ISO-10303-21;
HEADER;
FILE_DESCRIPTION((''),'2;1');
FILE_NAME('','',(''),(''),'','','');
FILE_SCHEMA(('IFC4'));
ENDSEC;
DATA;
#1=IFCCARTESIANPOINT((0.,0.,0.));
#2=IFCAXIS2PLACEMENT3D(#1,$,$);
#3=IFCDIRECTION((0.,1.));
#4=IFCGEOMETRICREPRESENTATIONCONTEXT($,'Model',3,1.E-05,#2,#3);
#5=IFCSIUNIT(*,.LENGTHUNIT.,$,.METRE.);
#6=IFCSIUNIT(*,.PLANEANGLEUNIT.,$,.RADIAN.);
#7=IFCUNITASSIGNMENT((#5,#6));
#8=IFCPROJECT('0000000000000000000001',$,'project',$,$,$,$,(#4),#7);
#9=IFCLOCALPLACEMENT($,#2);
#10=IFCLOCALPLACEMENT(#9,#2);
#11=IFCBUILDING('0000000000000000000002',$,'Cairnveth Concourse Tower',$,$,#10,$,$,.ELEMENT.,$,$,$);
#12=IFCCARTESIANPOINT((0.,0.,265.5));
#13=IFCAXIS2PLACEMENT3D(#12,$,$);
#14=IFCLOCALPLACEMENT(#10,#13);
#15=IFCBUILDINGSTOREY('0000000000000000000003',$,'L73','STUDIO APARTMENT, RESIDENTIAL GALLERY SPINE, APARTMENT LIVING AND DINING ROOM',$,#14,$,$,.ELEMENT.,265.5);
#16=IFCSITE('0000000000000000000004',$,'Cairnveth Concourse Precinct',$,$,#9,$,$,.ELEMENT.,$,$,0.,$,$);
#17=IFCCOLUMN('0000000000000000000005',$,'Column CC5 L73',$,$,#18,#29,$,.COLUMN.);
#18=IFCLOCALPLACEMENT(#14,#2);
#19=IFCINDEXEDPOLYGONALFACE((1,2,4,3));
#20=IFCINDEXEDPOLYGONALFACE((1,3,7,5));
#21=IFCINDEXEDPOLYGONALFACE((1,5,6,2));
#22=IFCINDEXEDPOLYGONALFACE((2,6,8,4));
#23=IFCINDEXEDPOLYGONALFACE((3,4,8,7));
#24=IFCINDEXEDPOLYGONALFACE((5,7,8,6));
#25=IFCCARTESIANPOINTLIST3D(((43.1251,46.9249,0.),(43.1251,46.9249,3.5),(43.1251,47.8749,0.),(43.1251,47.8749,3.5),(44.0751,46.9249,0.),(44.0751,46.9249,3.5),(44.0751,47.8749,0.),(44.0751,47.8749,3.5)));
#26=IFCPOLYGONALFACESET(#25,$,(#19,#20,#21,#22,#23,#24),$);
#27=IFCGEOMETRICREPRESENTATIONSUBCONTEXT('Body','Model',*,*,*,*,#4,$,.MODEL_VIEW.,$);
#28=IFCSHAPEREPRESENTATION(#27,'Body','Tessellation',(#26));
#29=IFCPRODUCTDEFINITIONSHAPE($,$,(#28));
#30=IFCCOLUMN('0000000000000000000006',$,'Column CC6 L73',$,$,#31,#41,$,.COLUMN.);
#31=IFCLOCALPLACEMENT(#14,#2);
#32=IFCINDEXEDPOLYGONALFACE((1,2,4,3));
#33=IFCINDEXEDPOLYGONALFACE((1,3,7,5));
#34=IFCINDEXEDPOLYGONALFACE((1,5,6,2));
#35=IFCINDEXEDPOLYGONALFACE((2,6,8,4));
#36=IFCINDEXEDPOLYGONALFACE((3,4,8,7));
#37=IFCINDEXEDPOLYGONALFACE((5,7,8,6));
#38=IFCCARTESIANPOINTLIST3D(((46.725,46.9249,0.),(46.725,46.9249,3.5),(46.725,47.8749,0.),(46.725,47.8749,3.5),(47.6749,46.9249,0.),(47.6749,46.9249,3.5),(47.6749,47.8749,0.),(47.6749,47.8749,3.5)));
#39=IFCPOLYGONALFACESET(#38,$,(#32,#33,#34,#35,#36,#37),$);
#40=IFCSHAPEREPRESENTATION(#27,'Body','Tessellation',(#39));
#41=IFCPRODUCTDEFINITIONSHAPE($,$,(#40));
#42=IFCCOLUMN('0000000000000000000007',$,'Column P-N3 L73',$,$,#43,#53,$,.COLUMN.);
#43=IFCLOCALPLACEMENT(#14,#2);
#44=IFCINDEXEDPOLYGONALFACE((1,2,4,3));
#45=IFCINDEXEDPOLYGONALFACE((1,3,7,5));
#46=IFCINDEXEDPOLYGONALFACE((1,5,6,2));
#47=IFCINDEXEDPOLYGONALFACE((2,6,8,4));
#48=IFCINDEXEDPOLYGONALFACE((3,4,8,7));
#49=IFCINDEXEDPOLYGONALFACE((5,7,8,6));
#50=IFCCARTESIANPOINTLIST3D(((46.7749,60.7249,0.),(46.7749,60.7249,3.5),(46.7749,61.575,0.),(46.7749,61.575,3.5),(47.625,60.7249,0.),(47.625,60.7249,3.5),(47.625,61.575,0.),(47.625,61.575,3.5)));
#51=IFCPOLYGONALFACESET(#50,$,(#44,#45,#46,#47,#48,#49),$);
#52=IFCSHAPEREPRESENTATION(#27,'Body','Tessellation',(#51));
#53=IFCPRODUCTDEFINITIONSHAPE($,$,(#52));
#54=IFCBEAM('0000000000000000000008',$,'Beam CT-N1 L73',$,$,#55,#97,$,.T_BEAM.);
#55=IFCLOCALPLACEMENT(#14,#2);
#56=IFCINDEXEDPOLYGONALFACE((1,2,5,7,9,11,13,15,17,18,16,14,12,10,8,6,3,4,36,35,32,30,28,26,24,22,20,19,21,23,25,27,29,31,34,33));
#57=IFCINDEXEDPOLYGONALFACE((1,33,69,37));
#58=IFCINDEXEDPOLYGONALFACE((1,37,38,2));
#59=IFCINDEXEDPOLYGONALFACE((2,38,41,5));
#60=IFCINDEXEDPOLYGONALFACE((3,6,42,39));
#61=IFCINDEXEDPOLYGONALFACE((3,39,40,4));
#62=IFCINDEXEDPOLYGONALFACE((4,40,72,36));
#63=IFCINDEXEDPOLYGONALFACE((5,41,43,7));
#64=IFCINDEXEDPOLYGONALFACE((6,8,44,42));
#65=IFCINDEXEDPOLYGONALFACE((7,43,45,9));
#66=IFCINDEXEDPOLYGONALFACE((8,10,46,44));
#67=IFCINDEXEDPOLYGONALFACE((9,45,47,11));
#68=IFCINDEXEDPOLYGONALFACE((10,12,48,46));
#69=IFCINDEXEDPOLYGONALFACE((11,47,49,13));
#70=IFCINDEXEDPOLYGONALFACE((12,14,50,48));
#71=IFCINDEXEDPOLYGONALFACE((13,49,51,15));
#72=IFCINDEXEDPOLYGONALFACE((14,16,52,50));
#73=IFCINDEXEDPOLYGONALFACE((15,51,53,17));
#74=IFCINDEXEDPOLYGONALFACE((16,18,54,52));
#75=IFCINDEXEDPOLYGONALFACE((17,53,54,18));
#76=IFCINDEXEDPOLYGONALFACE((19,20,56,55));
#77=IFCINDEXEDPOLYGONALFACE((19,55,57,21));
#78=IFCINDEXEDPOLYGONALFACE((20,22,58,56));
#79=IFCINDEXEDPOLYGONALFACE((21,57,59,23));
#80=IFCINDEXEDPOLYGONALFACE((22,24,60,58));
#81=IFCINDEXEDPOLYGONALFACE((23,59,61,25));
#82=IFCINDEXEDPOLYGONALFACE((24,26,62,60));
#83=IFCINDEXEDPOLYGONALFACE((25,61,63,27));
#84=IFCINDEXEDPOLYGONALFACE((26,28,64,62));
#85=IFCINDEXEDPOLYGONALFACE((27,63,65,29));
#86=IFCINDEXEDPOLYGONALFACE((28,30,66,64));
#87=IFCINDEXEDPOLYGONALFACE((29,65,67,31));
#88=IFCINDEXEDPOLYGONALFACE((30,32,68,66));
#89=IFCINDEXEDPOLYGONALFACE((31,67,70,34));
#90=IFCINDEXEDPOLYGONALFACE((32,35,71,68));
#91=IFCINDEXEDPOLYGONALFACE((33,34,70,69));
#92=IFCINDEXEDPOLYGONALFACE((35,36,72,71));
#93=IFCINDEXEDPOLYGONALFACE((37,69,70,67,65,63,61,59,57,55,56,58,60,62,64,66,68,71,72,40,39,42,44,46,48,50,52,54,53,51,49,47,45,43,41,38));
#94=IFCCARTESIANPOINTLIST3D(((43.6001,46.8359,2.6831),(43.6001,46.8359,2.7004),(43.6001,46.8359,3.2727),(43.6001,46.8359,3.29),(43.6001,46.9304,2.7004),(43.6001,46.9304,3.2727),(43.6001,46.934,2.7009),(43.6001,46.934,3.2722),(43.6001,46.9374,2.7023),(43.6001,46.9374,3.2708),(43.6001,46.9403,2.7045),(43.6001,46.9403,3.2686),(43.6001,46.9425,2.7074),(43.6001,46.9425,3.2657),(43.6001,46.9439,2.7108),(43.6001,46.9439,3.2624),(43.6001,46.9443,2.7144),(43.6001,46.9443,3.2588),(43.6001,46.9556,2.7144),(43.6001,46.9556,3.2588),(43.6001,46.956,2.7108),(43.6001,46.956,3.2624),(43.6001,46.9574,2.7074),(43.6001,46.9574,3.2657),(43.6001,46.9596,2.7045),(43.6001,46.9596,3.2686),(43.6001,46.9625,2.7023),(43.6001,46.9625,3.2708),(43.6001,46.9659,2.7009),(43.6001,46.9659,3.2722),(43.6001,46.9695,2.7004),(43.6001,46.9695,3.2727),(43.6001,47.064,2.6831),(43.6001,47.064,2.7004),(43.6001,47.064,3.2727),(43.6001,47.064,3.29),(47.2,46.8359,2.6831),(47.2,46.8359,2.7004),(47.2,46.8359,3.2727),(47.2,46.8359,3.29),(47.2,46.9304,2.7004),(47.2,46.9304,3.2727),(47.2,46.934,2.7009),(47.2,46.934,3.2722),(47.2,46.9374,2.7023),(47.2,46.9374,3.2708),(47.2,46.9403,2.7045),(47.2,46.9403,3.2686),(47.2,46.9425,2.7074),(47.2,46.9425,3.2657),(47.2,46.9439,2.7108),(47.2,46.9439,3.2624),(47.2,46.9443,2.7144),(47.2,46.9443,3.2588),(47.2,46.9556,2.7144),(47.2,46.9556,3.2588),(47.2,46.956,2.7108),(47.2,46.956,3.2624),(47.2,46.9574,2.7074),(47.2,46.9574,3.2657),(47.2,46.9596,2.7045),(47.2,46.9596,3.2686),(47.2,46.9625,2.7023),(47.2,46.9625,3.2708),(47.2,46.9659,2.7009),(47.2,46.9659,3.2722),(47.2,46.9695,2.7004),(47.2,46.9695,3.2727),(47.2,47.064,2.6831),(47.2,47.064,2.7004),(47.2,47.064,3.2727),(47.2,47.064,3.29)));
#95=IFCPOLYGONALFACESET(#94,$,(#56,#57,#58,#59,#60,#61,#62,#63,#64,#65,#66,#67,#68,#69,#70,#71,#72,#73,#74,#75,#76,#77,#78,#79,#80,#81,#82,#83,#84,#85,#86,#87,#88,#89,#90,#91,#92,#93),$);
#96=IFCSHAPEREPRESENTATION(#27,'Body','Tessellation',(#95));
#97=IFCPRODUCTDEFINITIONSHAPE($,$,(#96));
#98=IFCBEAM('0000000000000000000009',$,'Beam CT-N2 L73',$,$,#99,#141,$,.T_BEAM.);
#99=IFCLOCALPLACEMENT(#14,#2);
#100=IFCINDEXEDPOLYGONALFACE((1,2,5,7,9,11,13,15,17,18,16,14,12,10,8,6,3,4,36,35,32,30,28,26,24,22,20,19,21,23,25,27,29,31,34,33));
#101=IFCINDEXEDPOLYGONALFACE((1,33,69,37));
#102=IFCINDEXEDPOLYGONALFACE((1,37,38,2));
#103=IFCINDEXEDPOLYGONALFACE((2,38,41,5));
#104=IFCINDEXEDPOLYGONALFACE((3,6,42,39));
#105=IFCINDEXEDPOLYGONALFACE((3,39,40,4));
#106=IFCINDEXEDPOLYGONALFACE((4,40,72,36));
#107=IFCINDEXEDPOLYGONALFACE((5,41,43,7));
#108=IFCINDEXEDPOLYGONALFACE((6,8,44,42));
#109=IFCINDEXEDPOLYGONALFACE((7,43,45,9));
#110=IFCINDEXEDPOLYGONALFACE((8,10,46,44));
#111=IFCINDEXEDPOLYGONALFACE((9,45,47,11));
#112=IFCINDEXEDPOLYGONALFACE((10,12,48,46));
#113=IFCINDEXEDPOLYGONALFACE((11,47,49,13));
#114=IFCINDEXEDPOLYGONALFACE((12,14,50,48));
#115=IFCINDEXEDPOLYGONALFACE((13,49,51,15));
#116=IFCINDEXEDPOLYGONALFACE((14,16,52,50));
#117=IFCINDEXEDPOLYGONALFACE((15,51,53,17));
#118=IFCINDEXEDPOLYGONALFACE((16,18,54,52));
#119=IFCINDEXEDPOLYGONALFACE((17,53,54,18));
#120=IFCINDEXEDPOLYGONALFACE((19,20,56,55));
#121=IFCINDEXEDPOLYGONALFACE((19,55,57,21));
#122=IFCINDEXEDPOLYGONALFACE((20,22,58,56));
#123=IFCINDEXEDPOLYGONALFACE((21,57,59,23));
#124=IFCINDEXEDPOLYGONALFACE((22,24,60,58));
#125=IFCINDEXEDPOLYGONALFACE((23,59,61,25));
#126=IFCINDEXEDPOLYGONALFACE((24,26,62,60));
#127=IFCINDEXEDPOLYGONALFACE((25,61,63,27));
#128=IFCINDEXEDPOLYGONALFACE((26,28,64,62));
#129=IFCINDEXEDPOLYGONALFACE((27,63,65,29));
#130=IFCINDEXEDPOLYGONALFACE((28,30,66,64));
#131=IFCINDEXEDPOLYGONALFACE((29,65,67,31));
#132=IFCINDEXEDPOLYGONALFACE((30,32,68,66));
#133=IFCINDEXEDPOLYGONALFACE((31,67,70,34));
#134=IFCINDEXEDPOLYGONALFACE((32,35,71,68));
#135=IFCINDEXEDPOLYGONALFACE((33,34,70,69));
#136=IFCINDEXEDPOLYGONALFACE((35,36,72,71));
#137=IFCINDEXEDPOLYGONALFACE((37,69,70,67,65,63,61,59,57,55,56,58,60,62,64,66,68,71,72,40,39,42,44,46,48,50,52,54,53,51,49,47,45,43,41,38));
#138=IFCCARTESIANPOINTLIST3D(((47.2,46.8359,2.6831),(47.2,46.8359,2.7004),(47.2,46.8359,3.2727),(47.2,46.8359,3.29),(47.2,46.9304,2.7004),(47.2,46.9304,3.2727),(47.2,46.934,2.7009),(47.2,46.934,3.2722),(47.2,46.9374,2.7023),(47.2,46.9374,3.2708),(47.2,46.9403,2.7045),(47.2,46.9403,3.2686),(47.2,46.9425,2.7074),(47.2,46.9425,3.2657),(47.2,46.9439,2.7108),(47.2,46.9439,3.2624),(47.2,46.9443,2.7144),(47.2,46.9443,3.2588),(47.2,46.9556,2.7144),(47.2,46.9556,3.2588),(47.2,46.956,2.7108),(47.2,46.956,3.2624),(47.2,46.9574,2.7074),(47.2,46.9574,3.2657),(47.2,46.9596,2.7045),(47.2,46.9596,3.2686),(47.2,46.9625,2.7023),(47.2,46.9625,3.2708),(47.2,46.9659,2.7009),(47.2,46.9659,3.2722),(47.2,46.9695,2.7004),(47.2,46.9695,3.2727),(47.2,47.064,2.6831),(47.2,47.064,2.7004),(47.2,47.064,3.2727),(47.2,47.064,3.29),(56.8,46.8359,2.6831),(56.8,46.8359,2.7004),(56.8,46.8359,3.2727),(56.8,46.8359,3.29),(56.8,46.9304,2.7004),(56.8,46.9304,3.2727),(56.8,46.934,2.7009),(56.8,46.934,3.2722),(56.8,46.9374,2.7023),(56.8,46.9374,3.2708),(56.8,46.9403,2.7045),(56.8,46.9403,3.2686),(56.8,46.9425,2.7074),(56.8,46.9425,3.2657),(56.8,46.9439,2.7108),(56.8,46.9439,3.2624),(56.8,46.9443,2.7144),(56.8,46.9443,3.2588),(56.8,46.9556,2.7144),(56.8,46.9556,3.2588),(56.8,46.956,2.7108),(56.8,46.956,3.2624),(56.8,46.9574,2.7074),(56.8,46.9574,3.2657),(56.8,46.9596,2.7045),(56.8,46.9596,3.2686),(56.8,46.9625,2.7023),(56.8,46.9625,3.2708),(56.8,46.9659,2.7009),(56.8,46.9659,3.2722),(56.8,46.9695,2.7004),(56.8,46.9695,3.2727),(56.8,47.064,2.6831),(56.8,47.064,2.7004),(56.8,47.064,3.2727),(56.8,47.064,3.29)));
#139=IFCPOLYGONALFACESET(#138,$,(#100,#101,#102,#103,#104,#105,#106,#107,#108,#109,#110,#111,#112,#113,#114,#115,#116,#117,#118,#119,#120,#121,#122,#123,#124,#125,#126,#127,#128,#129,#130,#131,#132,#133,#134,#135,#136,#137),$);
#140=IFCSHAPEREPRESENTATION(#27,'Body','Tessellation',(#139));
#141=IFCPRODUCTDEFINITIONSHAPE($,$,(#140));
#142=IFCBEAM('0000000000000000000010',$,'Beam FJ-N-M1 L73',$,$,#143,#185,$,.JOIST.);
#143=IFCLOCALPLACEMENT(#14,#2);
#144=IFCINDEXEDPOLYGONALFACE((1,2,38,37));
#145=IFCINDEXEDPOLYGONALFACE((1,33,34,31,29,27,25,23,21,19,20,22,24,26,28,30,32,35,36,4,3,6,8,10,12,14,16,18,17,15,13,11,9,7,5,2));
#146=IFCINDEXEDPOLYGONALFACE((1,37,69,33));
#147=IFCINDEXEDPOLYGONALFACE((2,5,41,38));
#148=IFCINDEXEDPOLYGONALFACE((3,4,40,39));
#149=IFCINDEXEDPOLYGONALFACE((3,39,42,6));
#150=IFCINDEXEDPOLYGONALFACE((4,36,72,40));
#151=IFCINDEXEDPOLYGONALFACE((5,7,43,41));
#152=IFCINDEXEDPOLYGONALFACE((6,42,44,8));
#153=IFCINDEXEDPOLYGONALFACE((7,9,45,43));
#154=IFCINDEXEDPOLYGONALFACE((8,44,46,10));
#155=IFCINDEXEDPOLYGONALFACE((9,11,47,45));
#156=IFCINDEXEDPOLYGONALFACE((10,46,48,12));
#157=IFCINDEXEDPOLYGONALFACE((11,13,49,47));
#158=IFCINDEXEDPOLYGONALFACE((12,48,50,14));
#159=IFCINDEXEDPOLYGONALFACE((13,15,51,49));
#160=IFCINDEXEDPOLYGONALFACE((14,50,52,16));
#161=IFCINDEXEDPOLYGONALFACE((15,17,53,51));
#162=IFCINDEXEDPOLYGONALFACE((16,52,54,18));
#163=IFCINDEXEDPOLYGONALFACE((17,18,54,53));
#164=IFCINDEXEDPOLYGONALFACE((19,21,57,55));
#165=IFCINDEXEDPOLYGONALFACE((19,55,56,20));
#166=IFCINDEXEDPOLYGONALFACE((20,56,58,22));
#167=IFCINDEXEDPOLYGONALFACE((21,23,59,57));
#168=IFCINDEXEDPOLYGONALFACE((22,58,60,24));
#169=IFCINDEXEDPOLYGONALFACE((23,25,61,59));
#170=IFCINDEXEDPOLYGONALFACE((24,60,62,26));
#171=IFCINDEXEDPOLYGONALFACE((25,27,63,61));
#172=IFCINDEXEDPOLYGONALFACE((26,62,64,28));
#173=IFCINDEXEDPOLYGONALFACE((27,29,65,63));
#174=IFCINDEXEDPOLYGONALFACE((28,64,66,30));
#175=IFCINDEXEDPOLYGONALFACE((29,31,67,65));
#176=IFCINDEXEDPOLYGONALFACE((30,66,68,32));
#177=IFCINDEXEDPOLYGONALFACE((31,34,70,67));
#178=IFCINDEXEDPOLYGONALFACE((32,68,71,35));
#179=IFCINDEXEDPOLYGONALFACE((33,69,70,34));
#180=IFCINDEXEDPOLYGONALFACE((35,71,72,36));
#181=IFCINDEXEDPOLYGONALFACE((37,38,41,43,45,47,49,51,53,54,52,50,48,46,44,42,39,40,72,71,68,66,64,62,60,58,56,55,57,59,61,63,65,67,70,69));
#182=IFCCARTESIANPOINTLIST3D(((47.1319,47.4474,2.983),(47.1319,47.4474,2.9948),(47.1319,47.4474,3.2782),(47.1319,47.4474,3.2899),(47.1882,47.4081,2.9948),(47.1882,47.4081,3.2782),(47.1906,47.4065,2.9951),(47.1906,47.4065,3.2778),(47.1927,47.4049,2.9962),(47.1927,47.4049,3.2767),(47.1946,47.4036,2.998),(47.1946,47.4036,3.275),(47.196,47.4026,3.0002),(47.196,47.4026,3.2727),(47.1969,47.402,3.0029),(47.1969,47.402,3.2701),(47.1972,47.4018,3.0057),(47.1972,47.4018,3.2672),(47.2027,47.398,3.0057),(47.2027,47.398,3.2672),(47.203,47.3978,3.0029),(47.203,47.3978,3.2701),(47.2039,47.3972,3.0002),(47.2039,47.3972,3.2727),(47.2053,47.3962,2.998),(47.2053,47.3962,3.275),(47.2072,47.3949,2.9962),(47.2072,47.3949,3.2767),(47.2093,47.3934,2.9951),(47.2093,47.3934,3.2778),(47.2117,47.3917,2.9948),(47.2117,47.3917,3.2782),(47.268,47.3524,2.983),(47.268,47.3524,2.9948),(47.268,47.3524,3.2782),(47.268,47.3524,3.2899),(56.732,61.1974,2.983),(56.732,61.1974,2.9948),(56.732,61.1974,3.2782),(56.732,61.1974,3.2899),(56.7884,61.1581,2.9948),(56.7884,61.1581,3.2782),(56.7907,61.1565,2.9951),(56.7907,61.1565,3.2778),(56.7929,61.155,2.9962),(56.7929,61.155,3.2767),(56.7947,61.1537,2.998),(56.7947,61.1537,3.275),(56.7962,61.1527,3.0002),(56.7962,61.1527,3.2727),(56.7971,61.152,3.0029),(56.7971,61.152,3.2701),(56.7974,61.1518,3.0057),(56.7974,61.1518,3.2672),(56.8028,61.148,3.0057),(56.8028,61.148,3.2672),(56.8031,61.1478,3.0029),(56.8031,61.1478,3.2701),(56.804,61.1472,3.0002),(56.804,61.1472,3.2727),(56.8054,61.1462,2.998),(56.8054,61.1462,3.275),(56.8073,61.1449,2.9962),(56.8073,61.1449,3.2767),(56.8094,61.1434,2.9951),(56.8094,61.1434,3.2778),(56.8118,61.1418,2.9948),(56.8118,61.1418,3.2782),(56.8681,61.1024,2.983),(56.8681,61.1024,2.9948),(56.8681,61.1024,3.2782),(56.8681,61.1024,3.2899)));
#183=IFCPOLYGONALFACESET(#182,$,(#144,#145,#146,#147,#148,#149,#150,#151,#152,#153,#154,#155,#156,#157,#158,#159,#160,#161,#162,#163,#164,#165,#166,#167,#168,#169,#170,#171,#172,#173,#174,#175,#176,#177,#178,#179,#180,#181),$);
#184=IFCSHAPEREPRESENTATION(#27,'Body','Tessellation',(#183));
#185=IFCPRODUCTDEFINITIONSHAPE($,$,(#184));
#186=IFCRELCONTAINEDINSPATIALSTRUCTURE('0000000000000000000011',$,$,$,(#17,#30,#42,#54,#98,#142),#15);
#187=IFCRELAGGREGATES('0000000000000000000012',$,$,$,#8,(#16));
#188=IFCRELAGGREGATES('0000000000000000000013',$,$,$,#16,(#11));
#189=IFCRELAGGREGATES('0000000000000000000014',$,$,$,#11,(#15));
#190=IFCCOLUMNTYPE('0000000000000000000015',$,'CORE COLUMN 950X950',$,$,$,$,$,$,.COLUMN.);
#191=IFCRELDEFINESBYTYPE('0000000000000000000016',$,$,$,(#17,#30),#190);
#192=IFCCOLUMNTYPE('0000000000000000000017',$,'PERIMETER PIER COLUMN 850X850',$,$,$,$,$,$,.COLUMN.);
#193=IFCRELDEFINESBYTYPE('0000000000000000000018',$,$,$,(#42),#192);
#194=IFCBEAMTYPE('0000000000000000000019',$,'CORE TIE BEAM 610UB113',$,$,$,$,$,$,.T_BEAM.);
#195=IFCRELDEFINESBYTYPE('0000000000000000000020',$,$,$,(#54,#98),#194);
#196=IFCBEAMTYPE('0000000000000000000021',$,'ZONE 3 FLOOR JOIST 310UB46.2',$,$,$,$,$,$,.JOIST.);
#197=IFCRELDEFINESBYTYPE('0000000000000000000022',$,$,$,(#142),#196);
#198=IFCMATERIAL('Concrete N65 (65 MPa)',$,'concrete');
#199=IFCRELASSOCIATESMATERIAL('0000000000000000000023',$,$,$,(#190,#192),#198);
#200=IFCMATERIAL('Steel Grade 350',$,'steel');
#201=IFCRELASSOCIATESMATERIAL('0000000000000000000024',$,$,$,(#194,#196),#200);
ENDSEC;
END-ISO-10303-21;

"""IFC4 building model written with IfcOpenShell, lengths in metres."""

from ifc_helpers import new_model, si_unit, direction, frame, origin, origin_2d, place, context, subcontext, project, spatial, rectangle, i_section, extrude, material, material_profile, profile_set, type_object, element, save


model = new_model("IFC4")

# Units and contexts
model_context = context("Model", 3, precision=1e-05, world=origin(), true_north=direction((0.0, 1.0)))
body_context = subcontext(model_context, "Body", "Model", "MODEL_VIEW")
ifc_project = project(units=[si_unit("LENGTHUNIT", "METRE"), si_unit("PLANEANGLEUNIT", "RADIAN")], contexts=[model_context])

# Site, building, storey
site_placement = place(None, origin())
site = spatial("IfcSite", under=ifc_project, at=site_placement, Name="Cairnveth Concourse Precinct", CompositionType="ELEMENT", RefElevation=0.0)
building_placement = place(site_placement, origin())
building = spatial("IfcBuilding", under=site, at=building_placement, Name="Cairnveth Concourse Tower", CompositionType="ELEMENT")
storey_placement = place(building_placement, frame((0.0, 0.0, 265.5)))
storey = spatial("IfcBuildingStorey", under=building, at=storey_placement, Name="L73", Description="STUDIO APARTMENT, RESIDENTIAL GALLERY SPINE, APARTMENT LIVING AND DINING ROOM", CompositionType="ELEMENT", Elevation=265.5)

# Columns
ifc_material_1 = material(Name="Concrete N65 (65 MPa)", Category="concrete")
ifc_material_profile_1 = material_profile(ifc_material_1, rectangle(XDim=0.95, YDim=0.95, at=origin_2d()), Name="RC-COL-950x950")
ifc_profile_set_1 = profile_set([ifc_material_profile_1], Name="Concrete N65 (65 MPa)")
column_type_1 = type_object("IfcColumnType", Name="CORE COLUMN 950X950", PredefinedType="COLUMN", material=ifc_profile_set_1)
for number, where, z_axis, x_axis, name in (
    (1, (43.6001, 47.3999, 0.0), (0.0, 0.0, 1.0), (1.0, 0.0, 0.0), "Column CC5 L73"),
    (2, (47.2, 47.3999, 0.0), (0.0, 0.0, 1.0), (1.0, 0.0, 0.0), "Column CC6 L73"),
):
    element("IfcColumn", number, at=place(storey_placement, frame(where, z_axis=z_axis, x_axis=x_axis)), inside=storey, type_object=column_type_1, Name=name, PredefinedType="COLUMN", context=body_context, shape_type="SweptSolid", body=[
        extrude(rectangle(XDim=0.95, YDim=0.95, at=origin_2d()), origin(), (0.0, 0.0, 1.0), 3.5),
    ])
ifc_material_profile_2 = material_profile(ifc_material_1, rectangle(XDim=0.8501, YDim=0.8501, at=origin_2d()), Name="RC-COL-850x850")
ifc_profile_set_2 = profile_set([ifc_material_profile_2], Name="Concrete N65 (65 MPa)")
column_type_2 = type_object("IfcColumnType", Name="PERIMETER PIER COLUMN 850X850", PredefinedType="COLUMN", material=ifc_profile_set_2)
column_placement = place(storey_placement, frame((47.2, 61.1499, 0.0), z_axis=(0.0, 0.0, 1.0), x_axis=(1.0, 0.0, 0.0)))
element("IfcColumn", 3, at=column_placement, inside=storey, type_object=column_type_2, Name="Column P-N3 L73", PredefinedType="COLUMN", context=body_context, shape_type="SweptSolid", body=[
    extrude(rectangle(XDim=0.8501, YDim=0.8501, at=origin_2d()), origin(), (0.0, 0.0, 1.0), 3.5),
])

# Beams
ifc_material_2 = material(Name="Steel Grade 350", Category="steel")
ifc_material_profile_3 = material_profile(ifc_material_2, i_section(OverallWidth=0.228, OverallDepth=0.6069, WebThickness=0.0112, FlangeThickness=0.0173, FilletRadius=0.0139, at=origin_2d()), Name="610UB113")
ifc_profile_set_3 = profile_set([ifc_material_profile_3], Name="Steel Grade 350")
beam_type_1 = type_object("IfcBeamType", Name="CORE TIE BEAM 610UB113", PredefinedType="T_BEAM", material=ifc_profile_set_3)
beam_1_placement = place(storey_placement, frame((43.6001, 46.95, 2.9866), z_axis=(1.0, 0.0, 0.0), x_axis=(0.0, 1.0, 0.0)))
element("IfcBeam", 4, at=beam_1_placement, inside=storey, type_object=beam_type_1, Name="Beam CT-N1 L73", PredefinedType="T_BEAM", context=body_context, shape_type="SweptSolid", body=[
    extrude(i_section(OverallWidth=0.228, OverallDepth=0.6069, WebThickness=0.0112, FlangeThickness=0.0173, FilletRadius=0.0139, at=origin_2d()), origin(), (0.0, 0.0, 1.0), 3.5999),
])
beam_2_placement = place(storey_placement, frame((47.2, 46.95, 2.9866), z_axis=(1.0, 0.0, 0.0), x_axis=(0.0, 1.0, 0.0)))
element("IfcBeam", 5, at=beam_2_placement, inside=storey, type_object=beam_type_1, Name="Beam CT-N2 L73", PredefinedType="T_BEAM", context=body_context, shape_type="SweptSolid", body=[
    extrude(i_section(OverallWidth=0.228, OverallDepth=0.6069, WebThickness=0.0112, FlangeThickness=0.0173, FilletRadius=0.0139, at=origin_2d()), origin(), (0.0, 0.0, 1.0), 9.6001),
])
ifc_material_profile_4 = material_profile(ifc_material_2, i_section(OverallWidth=0.166, OverallDepth=0.3069, WebThickness=0.0066, FlangeThickness=0.0117, FilletRadius=0.011, at=origin_2d()), Name="310UB46.2")
ifc_profile_set_4 = profile_set([ifc_material_profile_4], Name="Steel Grade 350")
beam_type_2 = type_object("IfcBeamType", Name="ZONE 3 FLOOR JOIST 310UB46.2", PredefinedType="JOIST", material=ifc_profile_set_4)
beam_3_placement = place(storey_placement, frame((47.2, 47.3999, 3.1365), z_axis=(0.572465, 0.819929, 0.0), x_axis=(-0.819929, 0.572465, 0.0)))
element("IfcBeam", 6, at=beam_3_placement, inside=storey, type_object=beam_type_2, Name="Beam FJ-N-M1 L73", PredefinedType="JOIST", context=body_context, shape_type="SweptSolid", body=[
    extrude(i_section(OverallWidth=0.166, OverallDepth=0.3069, WebThickness=0.0066, FlangeThickness=0.0117, FilletRadius=0.011, at=origin_2d()), origin(), (0.0, 0.0, 1.0), 16.7698),
])

save(model, "model.ifc")
